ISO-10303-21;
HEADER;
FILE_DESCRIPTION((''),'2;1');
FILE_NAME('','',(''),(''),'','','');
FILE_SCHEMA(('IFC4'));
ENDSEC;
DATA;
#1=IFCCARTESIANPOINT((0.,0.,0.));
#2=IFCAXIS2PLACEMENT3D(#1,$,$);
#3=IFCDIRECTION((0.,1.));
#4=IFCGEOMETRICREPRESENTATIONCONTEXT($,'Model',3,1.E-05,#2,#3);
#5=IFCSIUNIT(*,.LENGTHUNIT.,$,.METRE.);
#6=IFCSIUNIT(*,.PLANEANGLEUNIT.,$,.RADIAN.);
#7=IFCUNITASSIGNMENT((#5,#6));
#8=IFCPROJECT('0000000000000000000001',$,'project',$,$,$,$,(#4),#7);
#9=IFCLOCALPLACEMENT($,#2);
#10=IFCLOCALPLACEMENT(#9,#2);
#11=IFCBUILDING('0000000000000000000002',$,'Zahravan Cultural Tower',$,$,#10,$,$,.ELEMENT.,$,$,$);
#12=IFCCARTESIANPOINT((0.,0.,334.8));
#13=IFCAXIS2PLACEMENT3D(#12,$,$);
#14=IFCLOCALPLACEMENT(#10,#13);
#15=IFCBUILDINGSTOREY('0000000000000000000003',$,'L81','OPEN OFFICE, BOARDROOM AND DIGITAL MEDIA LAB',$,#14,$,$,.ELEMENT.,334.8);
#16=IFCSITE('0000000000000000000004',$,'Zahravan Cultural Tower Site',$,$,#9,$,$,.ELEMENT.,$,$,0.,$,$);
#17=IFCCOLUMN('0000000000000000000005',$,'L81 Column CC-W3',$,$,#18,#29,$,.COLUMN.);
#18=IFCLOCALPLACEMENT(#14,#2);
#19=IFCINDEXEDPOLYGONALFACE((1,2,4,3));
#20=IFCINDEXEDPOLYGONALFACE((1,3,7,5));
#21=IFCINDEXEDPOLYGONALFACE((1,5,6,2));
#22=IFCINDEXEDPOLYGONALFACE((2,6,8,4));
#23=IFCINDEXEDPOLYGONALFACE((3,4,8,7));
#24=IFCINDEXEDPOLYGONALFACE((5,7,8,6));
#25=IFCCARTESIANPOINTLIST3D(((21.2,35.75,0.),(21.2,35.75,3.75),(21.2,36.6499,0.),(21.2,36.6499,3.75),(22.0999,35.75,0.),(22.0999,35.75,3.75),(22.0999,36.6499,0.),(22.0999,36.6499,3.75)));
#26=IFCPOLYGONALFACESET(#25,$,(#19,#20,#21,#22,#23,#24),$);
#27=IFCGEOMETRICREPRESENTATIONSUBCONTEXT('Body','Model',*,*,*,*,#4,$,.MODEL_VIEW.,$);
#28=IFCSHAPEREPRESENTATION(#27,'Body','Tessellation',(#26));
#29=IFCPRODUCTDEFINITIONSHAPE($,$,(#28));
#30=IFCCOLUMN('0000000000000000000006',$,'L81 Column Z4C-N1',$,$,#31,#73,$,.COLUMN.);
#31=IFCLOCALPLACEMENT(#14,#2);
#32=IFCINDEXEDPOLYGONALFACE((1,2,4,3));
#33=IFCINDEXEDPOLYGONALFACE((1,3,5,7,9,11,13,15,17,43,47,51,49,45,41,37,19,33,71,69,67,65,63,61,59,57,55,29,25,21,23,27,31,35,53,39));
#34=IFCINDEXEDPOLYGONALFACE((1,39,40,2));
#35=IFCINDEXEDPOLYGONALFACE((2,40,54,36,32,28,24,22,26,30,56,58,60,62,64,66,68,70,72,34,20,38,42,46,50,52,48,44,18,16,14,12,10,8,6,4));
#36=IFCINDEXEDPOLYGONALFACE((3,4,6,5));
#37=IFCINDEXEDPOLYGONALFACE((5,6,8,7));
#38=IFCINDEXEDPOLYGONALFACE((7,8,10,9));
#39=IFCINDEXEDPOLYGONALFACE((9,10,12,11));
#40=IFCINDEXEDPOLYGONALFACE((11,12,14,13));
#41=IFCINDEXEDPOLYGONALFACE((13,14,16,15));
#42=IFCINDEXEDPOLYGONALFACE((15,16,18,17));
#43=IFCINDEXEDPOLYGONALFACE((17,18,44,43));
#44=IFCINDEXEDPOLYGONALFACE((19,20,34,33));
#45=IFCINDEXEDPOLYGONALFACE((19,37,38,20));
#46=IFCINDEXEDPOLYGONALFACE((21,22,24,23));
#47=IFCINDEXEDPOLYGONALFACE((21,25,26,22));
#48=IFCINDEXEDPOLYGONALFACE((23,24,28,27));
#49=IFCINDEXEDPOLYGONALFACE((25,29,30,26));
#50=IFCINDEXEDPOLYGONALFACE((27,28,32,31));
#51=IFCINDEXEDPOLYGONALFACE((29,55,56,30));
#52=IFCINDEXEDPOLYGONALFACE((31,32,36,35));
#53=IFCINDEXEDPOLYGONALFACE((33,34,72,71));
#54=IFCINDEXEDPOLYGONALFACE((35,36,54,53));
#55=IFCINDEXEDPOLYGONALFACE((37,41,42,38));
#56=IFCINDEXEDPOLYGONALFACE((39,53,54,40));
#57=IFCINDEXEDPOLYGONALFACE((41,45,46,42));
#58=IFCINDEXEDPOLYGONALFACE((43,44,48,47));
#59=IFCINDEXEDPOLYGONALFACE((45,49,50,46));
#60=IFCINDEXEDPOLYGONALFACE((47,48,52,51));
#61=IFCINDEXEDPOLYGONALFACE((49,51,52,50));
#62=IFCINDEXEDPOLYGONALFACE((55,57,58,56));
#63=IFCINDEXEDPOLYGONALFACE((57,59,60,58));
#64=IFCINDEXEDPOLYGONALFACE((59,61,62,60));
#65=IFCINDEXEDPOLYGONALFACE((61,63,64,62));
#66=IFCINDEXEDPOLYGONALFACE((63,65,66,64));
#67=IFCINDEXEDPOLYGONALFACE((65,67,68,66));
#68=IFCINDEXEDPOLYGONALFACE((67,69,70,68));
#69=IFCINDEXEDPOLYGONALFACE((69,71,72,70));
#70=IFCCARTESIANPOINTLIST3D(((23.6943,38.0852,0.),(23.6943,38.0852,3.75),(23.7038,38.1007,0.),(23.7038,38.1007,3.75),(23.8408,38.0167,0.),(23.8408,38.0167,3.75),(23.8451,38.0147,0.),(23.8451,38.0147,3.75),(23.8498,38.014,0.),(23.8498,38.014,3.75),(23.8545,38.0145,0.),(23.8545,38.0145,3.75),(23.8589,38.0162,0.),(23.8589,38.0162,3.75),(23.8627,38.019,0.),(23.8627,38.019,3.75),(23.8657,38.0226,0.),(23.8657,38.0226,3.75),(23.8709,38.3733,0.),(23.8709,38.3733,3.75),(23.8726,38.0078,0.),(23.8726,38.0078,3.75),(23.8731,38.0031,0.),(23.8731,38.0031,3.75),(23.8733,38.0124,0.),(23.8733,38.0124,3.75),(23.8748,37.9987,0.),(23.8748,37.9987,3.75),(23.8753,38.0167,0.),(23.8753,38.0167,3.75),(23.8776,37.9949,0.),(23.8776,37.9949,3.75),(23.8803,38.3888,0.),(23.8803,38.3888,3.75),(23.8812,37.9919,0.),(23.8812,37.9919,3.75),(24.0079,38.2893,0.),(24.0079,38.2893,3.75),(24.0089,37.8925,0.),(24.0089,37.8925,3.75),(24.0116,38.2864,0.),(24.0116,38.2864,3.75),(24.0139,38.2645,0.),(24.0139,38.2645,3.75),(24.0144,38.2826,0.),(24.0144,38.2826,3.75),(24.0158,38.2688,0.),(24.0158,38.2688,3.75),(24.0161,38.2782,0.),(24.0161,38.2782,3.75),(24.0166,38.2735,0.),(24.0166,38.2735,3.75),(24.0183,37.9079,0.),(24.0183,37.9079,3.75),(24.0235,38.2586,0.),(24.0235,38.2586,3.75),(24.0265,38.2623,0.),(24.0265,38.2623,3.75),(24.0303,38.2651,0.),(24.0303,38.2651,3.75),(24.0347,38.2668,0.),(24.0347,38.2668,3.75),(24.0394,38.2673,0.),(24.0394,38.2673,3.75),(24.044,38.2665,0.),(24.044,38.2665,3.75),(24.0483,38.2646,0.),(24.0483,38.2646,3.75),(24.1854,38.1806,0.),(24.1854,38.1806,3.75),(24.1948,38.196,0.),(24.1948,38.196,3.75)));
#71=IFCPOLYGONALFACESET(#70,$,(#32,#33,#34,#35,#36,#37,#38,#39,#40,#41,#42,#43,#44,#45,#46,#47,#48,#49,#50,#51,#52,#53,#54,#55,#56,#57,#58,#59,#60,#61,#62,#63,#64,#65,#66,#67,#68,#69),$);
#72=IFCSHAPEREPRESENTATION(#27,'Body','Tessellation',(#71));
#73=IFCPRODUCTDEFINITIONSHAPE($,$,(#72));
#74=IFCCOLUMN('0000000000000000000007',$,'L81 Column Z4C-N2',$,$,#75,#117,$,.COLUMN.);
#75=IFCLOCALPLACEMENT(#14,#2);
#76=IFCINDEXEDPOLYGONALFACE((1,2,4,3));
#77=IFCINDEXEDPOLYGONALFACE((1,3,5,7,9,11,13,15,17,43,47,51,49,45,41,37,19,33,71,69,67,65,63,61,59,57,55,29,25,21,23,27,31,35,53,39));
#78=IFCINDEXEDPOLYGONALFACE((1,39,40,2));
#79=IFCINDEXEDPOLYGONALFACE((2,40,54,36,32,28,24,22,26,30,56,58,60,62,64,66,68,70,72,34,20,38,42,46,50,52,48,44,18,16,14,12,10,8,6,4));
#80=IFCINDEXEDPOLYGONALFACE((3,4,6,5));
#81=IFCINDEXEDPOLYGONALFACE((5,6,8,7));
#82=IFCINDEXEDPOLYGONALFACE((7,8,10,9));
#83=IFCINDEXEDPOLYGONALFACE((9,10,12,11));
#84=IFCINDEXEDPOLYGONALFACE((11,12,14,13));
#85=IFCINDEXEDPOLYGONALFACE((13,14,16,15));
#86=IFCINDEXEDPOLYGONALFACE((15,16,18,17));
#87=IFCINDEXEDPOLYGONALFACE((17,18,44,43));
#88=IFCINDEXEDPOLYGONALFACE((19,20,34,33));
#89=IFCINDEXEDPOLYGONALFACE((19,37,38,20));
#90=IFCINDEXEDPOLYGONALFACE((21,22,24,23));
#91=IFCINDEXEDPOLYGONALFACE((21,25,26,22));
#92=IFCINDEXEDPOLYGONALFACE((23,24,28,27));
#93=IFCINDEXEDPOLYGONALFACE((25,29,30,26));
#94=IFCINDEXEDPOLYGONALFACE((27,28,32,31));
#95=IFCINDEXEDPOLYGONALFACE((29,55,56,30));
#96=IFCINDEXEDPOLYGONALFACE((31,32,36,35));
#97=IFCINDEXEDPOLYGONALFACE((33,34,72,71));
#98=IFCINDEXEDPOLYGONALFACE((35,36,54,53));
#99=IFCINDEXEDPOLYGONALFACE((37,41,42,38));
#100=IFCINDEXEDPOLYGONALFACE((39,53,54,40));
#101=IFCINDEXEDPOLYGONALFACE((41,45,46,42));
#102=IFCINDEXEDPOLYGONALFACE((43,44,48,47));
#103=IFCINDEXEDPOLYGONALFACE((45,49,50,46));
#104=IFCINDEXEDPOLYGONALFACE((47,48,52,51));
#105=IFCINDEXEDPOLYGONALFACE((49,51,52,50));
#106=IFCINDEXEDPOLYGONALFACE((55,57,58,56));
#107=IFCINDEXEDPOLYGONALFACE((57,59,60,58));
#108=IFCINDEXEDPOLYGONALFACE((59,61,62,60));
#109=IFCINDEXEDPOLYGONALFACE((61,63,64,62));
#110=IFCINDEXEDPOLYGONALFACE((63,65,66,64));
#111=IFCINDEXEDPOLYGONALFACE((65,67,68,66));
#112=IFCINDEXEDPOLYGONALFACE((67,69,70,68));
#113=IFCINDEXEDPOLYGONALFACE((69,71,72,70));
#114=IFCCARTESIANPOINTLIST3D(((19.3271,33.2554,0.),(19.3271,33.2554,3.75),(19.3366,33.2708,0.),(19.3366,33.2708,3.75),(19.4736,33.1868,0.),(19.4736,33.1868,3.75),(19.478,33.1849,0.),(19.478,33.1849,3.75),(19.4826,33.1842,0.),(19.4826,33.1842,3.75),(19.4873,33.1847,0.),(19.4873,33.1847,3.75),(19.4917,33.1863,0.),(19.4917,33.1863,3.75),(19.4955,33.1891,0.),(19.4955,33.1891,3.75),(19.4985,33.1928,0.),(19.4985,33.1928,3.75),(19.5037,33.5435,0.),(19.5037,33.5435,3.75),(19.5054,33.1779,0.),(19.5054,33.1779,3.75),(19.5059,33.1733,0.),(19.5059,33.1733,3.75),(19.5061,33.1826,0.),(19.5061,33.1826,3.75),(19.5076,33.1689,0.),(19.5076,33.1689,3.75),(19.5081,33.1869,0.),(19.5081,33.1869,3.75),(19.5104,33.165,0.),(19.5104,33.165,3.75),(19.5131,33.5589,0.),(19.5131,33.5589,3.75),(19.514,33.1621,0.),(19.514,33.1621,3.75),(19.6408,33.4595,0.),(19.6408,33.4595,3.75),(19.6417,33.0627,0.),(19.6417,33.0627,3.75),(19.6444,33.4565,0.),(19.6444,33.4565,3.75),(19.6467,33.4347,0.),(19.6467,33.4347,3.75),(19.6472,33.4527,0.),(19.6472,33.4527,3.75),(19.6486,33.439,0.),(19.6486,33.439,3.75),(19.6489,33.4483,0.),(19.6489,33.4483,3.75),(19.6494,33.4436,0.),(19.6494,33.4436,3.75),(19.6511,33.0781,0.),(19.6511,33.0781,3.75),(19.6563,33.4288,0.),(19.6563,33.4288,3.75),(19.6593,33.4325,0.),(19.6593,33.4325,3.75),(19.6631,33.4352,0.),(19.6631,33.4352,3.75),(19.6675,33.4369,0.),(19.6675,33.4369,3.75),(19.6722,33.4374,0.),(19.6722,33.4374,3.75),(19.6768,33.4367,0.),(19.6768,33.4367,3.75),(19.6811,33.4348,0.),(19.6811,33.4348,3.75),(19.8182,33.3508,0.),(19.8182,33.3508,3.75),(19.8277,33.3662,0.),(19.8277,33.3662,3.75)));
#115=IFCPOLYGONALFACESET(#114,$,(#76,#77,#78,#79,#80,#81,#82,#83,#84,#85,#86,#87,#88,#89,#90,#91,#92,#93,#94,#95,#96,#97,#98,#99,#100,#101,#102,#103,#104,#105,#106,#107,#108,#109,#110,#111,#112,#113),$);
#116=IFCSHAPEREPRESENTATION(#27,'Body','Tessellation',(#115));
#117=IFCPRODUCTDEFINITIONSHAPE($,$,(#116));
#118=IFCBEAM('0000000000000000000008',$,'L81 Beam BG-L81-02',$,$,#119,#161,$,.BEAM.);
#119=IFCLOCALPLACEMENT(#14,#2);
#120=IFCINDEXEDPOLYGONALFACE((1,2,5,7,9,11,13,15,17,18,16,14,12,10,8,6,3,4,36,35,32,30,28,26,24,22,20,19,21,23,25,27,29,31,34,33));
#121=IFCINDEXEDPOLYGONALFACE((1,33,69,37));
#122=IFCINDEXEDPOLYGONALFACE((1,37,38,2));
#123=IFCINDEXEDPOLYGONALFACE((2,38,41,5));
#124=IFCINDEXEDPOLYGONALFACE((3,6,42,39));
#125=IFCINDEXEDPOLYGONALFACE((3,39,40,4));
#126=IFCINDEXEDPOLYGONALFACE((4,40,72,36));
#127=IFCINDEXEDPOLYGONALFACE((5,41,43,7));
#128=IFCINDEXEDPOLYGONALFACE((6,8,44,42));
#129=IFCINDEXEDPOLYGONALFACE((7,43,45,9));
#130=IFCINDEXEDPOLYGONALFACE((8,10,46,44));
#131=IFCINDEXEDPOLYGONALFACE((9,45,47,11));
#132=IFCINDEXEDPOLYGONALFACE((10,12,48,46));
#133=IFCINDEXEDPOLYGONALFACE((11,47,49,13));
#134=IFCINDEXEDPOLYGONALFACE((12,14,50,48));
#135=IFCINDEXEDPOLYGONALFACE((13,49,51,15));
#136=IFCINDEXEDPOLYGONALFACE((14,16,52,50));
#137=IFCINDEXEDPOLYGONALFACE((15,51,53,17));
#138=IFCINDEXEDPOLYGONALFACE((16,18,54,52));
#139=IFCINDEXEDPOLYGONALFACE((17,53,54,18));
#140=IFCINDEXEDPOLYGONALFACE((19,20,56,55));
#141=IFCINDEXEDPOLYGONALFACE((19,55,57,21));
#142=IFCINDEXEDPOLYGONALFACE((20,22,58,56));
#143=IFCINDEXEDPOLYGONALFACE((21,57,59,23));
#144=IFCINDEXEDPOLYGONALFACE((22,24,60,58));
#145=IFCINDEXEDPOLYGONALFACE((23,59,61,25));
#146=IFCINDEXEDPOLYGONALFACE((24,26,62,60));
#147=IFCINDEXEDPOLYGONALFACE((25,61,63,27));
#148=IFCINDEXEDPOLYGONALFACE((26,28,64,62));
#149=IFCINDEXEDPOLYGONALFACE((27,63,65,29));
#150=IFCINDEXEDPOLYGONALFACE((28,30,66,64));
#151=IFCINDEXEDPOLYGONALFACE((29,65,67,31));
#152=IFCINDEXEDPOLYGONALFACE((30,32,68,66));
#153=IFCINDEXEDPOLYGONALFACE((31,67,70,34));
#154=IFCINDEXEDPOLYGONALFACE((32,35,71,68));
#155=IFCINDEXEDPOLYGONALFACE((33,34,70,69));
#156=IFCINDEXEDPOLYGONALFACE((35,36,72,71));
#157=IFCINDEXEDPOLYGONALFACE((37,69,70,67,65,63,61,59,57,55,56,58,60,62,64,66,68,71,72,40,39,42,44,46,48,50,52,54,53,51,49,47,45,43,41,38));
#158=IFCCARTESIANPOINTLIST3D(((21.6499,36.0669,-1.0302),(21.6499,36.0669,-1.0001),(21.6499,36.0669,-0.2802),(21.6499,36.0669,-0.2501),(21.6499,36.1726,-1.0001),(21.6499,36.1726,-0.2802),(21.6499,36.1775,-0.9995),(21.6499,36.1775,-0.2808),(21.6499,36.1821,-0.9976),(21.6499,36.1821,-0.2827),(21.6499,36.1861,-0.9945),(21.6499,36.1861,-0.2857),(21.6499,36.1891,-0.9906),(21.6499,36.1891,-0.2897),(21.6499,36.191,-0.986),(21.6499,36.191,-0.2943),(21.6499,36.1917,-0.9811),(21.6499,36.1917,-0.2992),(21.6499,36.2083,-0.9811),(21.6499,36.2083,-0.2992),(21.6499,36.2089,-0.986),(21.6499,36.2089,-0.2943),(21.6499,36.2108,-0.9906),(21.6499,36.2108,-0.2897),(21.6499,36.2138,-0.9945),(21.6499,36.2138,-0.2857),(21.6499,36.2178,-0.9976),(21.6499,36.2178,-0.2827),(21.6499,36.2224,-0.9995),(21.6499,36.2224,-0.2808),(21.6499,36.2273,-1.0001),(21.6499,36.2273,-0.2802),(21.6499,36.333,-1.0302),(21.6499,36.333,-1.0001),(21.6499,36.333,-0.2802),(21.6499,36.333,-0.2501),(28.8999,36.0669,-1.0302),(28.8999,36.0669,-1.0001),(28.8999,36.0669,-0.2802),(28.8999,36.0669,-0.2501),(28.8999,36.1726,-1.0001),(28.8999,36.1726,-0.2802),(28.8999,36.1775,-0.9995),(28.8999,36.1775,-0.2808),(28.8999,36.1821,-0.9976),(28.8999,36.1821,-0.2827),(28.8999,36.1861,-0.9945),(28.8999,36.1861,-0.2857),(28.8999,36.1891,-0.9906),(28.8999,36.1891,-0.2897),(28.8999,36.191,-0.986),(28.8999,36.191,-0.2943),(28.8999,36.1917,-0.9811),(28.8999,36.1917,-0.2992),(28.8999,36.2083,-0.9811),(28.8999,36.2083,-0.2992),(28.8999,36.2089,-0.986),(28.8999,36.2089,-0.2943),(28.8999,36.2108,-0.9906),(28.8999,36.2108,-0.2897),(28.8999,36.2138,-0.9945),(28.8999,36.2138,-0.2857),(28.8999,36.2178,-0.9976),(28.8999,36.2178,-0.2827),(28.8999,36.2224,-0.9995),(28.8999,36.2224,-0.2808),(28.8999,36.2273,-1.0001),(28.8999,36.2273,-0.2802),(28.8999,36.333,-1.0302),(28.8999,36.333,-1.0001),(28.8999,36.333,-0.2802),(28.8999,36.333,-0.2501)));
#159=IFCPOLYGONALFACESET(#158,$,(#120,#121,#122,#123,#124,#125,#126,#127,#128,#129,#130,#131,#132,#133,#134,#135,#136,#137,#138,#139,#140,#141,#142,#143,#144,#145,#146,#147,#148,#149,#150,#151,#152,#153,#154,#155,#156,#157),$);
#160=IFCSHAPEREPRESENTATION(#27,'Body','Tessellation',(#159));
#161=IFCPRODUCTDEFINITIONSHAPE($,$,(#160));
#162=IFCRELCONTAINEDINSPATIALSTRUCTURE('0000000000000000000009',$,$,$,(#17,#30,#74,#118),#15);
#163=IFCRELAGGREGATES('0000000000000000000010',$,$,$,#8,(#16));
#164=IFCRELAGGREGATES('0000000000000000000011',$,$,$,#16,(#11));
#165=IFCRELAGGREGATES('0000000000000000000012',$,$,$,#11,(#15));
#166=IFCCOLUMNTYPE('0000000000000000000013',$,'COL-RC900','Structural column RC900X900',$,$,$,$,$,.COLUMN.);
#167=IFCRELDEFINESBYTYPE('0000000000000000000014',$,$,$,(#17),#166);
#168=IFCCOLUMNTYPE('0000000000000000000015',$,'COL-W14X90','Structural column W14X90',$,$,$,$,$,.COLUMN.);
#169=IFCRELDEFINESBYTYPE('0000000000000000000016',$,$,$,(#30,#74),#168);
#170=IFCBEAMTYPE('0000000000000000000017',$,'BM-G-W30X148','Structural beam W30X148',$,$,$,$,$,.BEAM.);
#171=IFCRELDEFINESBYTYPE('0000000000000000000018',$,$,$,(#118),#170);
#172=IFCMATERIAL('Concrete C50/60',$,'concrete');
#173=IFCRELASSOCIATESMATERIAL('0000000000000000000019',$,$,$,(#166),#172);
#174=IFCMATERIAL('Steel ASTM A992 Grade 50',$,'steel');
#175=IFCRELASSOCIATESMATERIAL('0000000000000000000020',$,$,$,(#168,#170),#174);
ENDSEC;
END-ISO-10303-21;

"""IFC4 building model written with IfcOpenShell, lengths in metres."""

from ifc_helpers import new_model, si_unit, direction, frame, origin, origin_2d, place, context, subcontext, project, spatial, rectangle, i_section, extrude, source, transform, mapped, material, material_profile, profile_set, type_object, element, save


model = new_model("IFC4")

# Units and contexts
model_context = context("Model", 3, precision=1e-05, world=origin(), true_north=direction((0.0, 1.0)))
body_context = subcontext(model_context, "Body", "Model", "MODEL_VIEW")
ifc_project = project(units=[si_unit("LENGTHUNIT", "METRE"), si_unit("PLANEANGLEUNIT", "RADIAN")], contexts=[model_context])

# Site, building, storey
site_placement = place(None, origin())
site = spatial("IfcSite", under=ifc_project, at=site_placement, Name="Zahravan Cultural Tower Site", CompositionType="ELEMENT", RefElevation=0.0)
building_placement = place(site_placement, origin())
building = spatial("IfcBuilding", under=site, at=building_placement, Name="Zahravan Cultural Tower", CompositionType="ELEMENT")
storey_placement = place(building_placement, frame((0.0, 0.0, 334.8)))
storey = spatial("IfcBuildingStorey", under=building, at=storey_placement, Name="L81", Description="OPEN OFFICE, BOARDROOM AND DIGITAL MEDIA LAB", CompositionType="ELEMENT", Elevation=334.8)

# Columns
ifc_material_1 = material(Name="Concrete C50/60", Category="concrete")
ifc_material_profile_1 = material_profile(ifc_material_1, rectangle(XDim=0.8999, YDim=0.8999, at=origin_2d()), Name="RC900X900")
ifc_profile_set_1 = profile_set([ifc_material_profile_1], Name="Concrete C50/60")
column_type_1 = type_object("IfcColumnType", Name="COL-RC900", Description="Structural column RC900X900", PredefinedType="COLUMN", material=ifc_profile_set_1)
shared_shape_1 = source(origin(), body_context, "Body", "SweptSolid", [
    extrude(rectangle(XDim=0.8999, YDim=0.8999, at=origin_2d()), origin(), (0.0, 0.0, 1.0), 3.75),
])
column_placement = place(storey_placement, frame((21.6499, 36.2, 0.0), z_axis=(0.0, 0.0, 1.0), x_axis=(1.0, 0.0, 0.0)))
element("IfcColumn", 1, at=column_placement, inside=storey, type_object=column_type_1, Name="L81 Column CC-W3", PredefinedType="COLUMN", context=body_context, shape_type="MappedRepresentation", body=[
    mapped(shared_shape_1, transform((0.0, 0.0, 0.0), x_axis=(1.0, 0.0, 0.0), y_axis=(0.0, 1.0, 0.0), z_axis=(0.0, 0.0, 1.0), scale=1.0)),
])
ifc_material_2 = material(Name="Steel ASTM A992 Grade 50", Category="steel")
ifc_material_profile_2 = material_profile(ifc_material_2, i_section(OverallWidth=0.3689, OverallDepth=0.356, WebThickness=0.0112, FlangeThickness=0.0181, FilletRadius=0.0181, at=origin_2d()), Name="W14X90")
ifc_profile_set_2 = profile_set([ifc_material_profile_2], Name="Steel ASTM A992 Grade 50")
column_type_2 = type_object("IfcColumnType", Name="COL-W14X90", Description="Structural column W14X90", PredefinedType="COLUMN", material=ifc_profile_set_2)
shared_shape_2 = source(origin(), body_context, "Body", "SweptSolid", [
    extrude(i_section(OverallWidth=0.3689, OverallDepth=0.356, WebThickness=0.0112, FlangeThickness=0.0181, FilletRadius=0.0181, at=origin_2d()), origin(), (0.0, 0.0, 1.0), 3.75),
])
for number, where, z_axis, x_axis, name in (
    (2, (23.9446, 38.1406, 0.0), (0.0, 0.0, 1.0), (-0.85264, 0.522499, 0.0), "L81 Column Z4C-N1"),
    (3, (19.5774, 33.3108, 0.0), (0.0, 0.0, 1.0), (-0.85264, 0.522499, 0.0), "L81 Column Z4C-N2"),
):
    element("IfcColumn", number, at=place(storey_placement, frame(where, z_axis=z_axis, x_axis=x_axis)), inside=storey, type_object=column_type_2, Name=name, PredefinedType="COLUMN", context=body_context, shape_type="MappedRepresentation", body=[
        mapped(shared_shape_2, transform((0.0, 0.0, 0.0), x_axis=(1.0, 0.0, 0.0), y_axis=(0.0, 1.0, 0.0), z_axis=(0.0, 0.0, 1.0), scale=1.0)),
    ])

# Beam
ifc_material_profile_3 = material_profile(ifc_material_2, i_section(OverallWidth=0.2661, OverallDepth=0.78, WebThickness=0.0166, FlangeThickness=0.03, FilletRadius=0.019, at=origin_2d()), Name="W30X148")
ifc_profile_set_3 = profile_set([ifc_material_profile_3], Name="Steel ASTM A992 Grade 50")
beam_type_1 = type_object("IfcBeamType", Name="BM-G-W30X148", Description="Structural beam W30X148", PredefinedType="BEAM", material=ifc_profile_set_3)
shared_shape_3 = source(origin(), body_context, "Body", "SweptSolid", [
    extrude(i_section(OverallWidth=0.2661, OverallDepth=0.78, WebThickness=0.0166, FlangeThickness=0.03, FilletRadius=0.019, at=origin_2d()), origin(), (0.0, 0.0, 1.0), 7.25),
])
beam_1_placement = place(storey_placement, frame((21.6499, 36.2, -0.6401), z_axis=(1.0, 0.0, 0.0), x_axis=(0.0, 1.0, 0.0)))
element("IfcBeam", 4, at=beam_1_placement, inside=storey, type_object=beam_type_1, Name="L81 Beam BG-L81-02", PredefinedType="BEAM", context=body_context, shape_type="MappedRepresentation", body=[
    mapped(shared_shape_3, transform((0.0, 0.0, 0.0), x_axis=(1.0, 0.0, 0.0), y_axis=(0.0, 1.0, 0.0), z_axis=(0.0, 0.0, 1.0), scale=1.0)),
])

save(model, "model.ifc")
